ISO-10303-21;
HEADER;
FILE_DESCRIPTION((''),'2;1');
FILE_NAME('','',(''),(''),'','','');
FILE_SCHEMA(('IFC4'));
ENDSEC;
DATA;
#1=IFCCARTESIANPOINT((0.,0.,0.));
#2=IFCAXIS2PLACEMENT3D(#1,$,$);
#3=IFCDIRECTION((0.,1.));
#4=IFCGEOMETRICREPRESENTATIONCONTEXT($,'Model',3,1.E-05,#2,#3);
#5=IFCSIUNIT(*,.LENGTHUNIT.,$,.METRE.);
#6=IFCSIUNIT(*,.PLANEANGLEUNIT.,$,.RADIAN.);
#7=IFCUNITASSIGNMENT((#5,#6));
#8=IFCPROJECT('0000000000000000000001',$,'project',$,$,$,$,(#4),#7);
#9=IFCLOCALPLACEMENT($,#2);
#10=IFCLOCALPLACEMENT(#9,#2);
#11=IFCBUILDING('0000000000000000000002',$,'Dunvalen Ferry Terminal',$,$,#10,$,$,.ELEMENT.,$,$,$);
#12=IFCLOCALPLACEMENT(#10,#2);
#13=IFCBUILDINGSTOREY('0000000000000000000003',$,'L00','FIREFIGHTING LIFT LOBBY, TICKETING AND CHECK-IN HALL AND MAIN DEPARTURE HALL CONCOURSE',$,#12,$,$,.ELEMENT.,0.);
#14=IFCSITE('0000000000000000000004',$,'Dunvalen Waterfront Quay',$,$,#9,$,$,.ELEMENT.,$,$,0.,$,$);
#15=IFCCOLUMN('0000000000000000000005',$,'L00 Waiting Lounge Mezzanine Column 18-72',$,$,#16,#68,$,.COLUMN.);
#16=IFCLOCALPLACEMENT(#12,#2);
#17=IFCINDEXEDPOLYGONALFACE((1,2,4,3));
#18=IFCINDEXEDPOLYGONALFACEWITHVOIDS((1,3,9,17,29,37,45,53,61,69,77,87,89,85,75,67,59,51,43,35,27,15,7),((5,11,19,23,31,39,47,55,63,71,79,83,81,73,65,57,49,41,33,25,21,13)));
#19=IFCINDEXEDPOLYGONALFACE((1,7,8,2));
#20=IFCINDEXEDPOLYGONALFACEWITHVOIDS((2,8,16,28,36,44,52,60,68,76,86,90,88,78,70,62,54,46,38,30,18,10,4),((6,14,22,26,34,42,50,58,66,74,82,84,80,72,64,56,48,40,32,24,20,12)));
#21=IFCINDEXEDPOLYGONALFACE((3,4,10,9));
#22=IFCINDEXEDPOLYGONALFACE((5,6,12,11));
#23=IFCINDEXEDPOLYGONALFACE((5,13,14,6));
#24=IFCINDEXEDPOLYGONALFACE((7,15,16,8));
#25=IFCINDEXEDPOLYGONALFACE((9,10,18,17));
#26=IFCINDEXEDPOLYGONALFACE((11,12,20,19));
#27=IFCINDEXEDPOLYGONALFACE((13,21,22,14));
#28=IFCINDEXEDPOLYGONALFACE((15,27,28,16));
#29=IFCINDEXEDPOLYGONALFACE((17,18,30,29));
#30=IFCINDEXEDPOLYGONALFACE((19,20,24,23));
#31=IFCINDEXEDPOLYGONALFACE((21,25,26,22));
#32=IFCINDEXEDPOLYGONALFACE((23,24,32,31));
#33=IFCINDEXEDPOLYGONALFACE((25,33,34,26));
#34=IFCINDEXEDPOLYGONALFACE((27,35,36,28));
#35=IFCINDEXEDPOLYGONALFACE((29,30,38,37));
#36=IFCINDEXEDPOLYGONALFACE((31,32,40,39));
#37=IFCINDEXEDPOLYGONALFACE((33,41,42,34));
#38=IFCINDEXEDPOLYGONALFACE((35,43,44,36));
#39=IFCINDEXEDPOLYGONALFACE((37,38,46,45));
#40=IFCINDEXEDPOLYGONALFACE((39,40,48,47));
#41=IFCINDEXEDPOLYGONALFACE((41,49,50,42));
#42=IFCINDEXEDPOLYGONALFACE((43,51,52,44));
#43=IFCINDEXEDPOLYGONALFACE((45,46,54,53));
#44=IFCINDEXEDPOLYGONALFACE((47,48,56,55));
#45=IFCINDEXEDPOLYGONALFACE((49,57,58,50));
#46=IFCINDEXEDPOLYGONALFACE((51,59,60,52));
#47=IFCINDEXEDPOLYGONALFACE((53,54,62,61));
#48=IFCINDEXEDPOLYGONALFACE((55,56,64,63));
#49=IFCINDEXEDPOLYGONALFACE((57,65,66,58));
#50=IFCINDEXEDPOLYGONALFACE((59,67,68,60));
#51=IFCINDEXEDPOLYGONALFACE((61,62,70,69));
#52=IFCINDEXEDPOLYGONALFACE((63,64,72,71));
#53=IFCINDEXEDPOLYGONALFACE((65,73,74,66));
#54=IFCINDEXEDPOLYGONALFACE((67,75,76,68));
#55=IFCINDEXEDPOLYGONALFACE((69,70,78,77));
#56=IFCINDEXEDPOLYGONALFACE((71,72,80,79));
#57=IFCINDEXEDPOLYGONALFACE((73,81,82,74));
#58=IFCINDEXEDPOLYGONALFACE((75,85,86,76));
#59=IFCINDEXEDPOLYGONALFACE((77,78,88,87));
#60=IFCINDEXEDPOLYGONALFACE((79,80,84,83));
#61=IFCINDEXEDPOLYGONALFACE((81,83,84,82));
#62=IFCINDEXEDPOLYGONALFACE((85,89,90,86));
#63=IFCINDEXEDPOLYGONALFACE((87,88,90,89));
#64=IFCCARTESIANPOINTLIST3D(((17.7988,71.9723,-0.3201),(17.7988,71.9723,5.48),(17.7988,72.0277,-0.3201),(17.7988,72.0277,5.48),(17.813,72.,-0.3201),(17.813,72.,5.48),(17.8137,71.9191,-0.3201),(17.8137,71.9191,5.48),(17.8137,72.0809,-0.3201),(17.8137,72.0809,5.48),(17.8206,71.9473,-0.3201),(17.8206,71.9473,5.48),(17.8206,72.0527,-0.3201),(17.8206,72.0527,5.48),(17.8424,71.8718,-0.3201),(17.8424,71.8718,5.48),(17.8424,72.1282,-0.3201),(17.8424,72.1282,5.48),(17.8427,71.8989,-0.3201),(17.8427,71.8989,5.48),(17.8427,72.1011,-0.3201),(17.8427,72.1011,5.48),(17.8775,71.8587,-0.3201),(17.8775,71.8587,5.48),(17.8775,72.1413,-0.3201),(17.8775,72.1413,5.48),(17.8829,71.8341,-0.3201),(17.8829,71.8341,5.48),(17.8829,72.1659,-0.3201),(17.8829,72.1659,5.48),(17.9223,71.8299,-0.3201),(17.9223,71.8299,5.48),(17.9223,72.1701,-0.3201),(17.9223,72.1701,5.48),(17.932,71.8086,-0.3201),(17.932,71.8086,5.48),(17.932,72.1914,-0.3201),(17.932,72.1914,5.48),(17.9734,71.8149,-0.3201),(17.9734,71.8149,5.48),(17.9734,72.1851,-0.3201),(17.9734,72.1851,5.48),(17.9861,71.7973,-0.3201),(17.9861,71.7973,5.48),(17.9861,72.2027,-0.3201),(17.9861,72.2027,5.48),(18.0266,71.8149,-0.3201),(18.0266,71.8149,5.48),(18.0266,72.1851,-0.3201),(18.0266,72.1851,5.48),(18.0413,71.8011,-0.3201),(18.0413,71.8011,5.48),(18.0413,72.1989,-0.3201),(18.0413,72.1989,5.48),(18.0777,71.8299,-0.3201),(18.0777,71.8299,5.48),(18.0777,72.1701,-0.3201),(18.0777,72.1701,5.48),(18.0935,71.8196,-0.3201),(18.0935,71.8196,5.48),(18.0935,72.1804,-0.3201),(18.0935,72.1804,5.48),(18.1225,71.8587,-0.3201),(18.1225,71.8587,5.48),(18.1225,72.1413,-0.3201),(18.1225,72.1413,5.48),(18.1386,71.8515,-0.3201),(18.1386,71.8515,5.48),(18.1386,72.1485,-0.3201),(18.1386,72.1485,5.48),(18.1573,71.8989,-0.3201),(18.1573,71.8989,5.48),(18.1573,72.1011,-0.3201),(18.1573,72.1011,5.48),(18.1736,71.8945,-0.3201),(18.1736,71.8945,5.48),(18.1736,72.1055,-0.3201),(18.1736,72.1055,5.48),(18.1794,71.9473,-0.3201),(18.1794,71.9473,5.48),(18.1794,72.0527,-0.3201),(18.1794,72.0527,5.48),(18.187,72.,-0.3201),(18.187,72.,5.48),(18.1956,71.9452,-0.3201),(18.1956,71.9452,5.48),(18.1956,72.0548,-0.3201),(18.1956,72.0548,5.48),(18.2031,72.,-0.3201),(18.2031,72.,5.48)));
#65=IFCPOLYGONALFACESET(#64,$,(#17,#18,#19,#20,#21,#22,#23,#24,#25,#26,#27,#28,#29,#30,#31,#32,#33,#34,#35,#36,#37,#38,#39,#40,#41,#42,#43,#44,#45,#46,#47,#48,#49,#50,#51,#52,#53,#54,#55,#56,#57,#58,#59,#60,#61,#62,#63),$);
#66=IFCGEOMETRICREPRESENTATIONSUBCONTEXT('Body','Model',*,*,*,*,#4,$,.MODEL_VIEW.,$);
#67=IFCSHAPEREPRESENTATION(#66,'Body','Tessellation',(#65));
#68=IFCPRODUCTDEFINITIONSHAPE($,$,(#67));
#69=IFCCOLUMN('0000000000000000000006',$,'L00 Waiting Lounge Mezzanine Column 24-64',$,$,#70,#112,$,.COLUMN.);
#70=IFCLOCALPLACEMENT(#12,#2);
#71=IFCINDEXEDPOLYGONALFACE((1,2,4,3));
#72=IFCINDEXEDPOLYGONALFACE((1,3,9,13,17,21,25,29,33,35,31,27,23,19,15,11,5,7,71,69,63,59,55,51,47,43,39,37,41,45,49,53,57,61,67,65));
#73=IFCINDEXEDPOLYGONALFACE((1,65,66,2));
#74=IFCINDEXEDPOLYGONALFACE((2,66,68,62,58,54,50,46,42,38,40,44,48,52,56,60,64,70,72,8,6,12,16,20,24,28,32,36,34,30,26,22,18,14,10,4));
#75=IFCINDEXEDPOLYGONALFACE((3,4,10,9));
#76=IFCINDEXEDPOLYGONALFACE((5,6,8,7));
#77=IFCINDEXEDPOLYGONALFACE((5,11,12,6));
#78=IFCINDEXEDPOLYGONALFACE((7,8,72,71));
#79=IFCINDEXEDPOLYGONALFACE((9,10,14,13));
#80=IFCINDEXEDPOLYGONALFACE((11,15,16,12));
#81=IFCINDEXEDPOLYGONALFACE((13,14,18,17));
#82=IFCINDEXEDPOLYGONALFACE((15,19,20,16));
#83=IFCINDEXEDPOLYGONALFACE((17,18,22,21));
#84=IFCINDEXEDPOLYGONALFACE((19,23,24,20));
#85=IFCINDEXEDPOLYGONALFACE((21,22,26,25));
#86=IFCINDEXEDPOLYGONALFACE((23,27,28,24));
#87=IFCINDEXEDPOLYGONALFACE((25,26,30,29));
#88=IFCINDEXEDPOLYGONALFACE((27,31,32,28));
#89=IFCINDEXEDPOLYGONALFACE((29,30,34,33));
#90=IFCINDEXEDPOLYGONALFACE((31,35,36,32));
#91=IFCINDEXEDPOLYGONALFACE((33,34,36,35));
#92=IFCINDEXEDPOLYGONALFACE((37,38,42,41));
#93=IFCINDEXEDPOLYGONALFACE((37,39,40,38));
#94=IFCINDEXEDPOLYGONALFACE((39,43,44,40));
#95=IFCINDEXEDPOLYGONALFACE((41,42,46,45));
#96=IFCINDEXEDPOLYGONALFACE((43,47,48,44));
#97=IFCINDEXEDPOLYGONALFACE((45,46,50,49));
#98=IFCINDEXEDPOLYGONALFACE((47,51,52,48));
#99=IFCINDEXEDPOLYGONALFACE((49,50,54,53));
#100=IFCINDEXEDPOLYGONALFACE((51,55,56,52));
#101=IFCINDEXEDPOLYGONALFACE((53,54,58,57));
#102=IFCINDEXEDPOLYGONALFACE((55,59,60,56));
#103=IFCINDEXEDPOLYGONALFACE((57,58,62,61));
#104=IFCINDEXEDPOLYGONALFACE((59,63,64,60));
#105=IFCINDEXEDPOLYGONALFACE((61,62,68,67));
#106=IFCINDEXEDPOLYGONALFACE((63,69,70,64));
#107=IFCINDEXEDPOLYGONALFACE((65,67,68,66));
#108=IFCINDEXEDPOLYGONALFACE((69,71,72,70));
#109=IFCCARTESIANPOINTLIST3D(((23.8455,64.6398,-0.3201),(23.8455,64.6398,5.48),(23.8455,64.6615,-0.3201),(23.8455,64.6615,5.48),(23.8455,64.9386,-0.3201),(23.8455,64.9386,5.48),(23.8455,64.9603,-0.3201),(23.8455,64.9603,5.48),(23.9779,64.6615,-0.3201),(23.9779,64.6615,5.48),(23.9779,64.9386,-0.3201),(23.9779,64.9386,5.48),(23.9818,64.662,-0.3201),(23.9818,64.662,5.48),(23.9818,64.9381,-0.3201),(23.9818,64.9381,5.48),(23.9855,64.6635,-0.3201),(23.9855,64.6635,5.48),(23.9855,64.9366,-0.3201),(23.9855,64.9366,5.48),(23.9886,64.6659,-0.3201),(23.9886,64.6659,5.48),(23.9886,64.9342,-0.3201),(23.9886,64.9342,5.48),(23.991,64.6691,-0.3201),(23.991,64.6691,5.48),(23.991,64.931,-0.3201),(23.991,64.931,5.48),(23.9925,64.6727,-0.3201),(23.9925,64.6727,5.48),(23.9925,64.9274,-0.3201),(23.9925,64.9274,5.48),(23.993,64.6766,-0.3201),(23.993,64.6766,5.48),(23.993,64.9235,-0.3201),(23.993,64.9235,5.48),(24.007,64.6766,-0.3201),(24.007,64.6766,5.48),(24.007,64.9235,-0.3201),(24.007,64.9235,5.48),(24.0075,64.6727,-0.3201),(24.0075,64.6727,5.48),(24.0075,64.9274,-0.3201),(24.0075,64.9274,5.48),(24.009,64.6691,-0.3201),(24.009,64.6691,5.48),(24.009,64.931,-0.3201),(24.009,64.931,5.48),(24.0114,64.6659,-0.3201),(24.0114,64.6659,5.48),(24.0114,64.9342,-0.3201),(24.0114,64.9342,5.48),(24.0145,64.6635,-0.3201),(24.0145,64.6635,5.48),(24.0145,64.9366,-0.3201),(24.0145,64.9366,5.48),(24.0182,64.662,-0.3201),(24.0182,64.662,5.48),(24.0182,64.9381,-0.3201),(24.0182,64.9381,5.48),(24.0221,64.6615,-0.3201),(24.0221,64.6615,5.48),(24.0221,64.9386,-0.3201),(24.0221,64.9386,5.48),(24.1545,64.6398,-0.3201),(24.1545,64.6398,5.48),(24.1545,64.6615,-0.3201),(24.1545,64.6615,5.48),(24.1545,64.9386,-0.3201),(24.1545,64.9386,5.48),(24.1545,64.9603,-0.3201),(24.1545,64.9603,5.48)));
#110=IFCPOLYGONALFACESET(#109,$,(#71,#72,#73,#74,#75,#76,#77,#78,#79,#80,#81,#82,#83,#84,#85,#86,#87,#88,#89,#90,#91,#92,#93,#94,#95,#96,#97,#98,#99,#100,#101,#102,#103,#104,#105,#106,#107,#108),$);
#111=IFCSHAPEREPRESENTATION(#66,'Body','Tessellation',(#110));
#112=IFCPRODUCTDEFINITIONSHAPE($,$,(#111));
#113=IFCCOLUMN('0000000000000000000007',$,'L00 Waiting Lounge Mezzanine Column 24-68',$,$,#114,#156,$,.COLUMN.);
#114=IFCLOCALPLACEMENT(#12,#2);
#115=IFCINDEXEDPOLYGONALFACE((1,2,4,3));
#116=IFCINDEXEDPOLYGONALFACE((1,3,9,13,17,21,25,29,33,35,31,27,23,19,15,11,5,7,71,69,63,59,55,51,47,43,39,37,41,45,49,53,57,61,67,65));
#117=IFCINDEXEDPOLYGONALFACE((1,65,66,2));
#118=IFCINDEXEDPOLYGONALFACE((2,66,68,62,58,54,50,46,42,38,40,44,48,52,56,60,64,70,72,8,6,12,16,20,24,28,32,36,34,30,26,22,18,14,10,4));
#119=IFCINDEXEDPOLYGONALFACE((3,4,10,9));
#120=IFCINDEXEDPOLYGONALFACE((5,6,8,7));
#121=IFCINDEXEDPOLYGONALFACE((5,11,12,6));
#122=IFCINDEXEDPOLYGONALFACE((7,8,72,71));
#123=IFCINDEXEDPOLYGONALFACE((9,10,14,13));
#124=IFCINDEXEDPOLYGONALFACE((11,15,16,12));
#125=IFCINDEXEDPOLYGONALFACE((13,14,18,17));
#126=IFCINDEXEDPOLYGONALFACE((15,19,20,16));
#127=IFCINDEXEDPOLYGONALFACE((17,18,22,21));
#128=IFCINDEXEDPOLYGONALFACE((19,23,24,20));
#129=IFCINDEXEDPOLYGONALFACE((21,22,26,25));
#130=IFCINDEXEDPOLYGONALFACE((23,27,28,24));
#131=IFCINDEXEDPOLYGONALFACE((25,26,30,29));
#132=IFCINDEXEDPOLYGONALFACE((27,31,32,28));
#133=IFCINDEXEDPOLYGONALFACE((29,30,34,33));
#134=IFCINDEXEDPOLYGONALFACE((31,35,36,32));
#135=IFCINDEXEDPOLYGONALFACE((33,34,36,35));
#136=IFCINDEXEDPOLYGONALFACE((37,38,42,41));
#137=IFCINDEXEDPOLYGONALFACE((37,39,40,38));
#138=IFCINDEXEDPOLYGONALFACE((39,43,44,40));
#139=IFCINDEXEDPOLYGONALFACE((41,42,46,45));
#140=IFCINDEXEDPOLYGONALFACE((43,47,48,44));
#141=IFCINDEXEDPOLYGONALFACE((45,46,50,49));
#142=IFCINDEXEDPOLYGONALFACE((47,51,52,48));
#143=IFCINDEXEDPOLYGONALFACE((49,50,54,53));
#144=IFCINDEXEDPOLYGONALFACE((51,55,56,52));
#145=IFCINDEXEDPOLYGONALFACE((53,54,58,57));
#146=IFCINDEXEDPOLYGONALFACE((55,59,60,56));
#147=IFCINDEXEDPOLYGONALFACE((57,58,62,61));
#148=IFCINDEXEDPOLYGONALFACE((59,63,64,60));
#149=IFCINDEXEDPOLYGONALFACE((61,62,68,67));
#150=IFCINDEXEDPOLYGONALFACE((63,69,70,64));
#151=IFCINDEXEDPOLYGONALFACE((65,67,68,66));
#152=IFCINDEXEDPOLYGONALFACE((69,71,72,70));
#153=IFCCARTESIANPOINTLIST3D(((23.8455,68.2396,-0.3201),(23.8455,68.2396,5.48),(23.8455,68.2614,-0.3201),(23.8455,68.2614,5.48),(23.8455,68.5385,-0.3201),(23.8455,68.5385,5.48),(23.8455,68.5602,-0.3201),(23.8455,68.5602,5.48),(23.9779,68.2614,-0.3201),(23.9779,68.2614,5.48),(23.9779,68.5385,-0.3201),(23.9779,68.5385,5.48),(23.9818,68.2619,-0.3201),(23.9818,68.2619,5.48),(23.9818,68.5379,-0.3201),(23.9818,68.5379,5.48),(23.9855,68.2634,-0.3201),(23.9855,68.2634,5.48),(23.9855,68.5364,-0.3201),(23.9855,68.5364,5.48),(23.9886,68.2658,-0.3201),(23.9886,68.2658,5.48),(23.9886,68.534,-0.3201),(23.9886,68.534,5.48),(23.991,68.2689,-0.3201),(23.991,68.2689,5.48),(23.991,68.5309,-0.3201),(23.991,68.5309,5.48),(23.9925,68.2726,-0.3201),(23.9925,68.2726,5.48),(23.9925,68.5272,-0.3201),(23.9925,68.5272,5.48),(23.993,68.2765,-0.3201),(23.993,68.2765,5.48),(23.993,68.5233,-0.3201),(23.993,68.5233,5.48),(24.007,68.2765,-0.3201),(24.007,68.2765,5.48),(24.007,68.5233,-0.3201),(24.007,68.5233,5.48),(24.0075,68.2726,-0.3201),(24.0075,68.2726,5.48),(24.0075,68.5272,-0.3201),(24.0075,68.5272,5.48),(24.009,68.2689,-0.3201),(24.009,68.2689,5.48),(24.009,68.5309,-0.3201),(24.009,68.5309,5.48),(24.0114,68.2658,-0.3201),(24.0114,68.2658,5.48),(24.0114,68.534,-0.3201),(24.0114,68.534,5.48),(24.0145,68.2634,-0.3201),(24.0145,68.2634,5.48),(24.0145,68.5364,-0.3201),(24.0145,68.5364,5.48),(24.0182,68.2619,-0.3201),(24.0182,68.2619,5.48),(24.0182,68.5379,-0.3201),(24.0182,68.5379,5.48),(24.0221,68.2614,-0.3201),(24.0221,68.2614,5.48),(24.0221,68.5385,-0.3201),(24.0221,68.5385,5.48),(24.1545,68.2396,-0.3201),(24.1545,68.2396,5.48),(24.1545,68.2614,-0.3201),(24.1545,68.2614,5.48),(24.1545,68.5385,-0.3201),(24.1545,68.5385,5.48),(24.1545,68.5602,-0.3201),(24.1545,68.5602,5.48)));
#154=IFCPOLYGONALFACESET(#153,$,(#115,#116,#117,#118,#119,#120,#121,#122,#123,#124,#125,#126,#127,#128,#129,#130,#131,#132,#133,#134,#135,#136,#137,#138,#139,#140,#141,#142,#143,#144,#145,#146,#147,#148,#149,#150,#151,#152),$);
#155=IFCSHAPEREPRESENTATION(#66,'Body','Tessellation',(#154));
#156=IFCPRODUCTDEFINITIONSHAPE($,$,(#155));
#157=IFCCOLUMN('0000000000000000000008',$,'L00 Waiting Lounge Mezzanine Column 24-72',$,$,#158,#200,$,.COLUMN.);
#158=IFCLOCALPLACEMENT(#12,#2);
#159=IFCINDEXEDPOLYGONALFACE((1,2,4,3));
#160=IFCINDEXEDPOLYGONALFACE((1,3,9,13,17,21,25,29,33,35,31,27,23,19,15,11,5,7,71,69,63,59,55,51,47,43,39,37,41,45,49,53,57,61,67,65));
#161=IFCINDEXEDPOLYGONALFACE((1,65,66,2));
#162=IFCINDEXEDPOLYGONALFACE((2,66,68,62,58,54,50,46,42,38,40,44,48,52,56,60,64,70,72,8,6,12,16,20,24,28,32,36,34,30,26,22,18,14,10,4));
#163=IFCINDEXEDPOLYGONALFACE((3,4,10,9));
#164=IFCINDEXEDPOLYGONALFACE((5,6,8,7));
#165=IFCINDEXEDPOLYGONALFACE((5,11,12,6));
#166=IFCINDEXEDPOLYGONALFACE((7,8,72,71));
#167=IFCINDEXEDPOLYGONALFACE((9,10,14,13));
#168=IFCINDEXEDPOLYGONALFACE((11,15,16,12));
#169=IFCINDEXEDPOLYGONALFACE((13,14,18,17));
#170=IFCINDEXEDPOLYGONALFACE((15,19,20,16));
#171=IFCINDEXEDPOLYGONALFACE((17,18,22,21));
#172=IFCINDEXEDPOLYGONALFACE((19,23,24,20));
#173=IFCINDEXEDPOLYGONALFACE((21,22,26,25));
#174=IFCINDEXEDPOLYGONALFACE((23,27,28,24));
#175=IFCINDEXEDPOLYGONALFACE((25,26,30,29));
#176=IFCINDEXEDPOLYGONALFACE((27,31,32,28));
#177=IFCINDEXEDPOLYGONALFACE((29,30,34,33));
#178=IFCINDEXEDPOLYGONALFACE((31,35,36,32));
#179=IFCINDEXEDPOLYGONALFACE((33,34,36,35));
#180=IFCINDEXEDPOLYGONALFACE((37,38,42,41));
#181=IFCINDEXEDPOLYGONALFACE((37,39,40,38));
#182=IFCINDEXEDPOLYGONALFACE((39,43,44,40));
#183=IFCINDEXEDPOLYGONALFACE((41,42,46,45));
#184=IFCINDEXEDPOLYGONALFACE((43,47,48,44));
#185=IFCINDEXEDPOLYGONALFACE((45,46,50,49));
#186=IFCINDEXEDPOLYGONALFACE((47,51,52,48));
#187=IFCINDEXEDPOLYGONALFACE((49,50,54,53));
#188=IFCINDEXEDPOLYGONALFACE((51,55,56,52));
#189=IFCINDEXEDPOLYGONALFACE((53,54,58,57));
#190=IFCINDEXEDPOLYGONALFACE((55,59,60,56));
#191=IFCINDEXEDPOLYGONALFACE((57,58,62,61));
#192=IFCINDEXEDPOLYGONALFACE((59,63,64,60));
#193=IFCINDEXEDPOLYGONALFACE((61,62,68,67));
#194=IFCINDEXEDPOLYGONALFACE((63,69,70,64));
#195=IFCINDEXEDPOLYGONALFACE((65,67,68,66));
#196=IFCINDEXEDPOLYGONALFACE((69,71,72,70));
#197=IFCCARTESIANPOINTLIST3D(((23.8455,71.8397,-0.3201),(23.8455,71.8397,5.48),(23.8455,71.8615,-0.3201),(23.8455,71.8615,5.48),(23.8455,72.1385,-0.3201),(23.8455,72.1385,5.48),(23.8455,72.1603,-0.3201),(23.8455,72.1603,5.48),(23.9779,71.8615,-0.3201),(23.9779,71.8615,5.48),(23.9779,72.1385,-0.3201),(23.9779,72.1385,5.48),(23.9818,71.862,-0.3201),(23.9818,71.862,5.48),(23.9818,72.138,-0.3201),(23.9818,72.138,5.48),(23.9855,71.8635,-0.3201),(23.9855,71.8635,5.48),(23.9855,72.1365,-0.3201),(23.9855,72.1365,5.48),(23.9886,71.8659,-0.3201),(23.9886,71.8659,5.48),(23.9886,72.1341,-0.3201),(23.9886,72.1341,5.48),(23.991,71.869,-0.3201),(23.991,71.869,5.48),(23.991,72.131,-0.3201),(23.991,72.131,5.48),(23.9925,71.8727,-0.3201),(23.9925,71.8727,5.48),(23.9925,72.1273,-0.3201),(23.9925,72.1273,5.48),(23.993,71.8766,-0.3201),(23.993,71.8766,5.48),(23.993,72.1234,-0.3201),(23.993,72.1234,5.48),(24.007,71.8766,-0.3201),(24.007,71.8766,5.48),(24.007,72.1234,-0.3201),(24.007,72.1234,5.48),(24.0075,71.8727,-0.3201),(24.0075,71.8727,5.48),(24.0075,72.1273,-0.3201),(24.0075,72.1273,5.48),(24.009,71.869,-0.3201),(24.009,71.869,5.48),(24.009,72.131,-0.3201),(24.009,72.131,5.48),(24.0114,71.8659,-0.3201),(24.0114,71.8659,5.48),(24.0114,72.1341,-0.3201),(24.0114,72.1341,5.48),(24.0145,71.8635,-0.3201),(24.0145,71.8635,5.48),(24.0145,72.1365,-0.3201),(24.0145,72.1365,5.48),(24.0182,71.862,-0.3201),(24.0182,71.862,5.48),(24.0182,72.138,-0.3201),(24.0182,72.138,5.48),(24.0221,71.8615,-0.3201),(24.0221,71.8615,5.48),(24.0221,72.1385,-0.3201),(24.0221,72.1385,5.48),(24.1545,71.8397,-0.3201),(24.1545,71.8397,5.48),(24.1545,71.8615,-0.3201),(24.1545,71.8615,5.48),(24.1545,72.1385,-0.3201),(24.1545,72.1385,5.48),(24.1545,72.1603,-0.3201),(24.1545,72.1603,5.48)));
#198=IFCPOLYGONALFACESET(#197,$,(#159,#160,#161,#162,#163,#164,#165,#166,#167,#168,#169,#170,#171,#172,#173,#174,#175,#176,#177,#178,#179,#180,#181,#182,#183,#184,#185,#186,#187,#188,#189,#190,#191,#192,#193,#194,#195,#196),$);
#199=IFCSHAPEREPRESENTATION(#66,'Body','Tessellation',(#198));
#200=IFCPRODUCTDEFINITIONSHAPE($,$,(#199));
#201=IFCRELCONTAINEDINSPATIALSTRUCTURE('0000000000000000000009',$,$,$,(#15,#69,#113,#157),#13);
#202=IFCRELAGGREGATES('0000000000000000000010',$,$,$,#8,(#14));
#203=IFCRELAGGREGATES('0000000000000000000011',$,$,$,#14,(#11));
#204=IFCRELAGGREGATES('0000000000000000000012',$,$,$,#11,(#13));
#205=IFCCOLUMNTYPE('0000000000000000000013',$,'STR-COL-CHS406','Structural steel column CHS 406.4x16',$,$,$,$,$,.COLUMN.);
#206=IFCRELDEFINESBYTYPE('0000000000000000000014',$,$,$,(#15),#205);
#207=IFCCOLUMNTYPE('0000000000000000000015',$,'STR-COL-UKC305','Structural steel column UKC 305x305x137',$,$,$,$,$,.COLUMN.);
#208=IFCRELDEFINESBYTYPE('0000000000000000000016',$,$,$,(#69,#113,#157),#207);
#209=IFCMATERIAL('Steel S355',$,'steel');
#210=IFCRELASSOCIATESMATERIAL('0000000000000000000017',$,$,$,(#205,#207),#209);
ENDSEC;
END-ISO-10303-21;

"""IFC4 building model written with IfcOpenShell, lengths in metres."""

from ifc_helpers import new_model, si_unit, direction, frame, origin, origin_2d, place, context, subcontext, project, spatial, hollow_circle, i_section, extrude, material, material_profile, profile_set, type_object, element, save


model = new_model("IFC4")

# Units and contexts
model_context = context("Model", 3, precision=1e-05, world=origin(), true_north=direction((0.0, 1.0)))
body_context = subcontext(model_context, "Body", "Model", "MODEL_VIEW")
ifc_project = project(units=[si_unit("LENGTHUNIT", "METRE"), si_unit("PLANEANGLEUNIT", "RADIAN")], contexts=[model_context])

# Site, building, storey
site_placement = place(None, origin())
site = spatial("IfcSite", under=ifc_project, at=site_placement, Name="Dunvalen Waterfront Quay", CompositionType="ELEMENT", RefElevation=0.0)
building_placement = place(site_placement, origin())
building = spatial("IfcBuilding", under=site, at=building_placement, Name="Dunvalen Ferry Terminal", CompositionType="ELEMENT")
storey_placement = place(building_placement, origin())
storey = spatial("IfcBuildingStorey", under=building, at=storey_placement, Name="L00", Description="FIREFIGHTING LIFT LOBBY, TICKETING AND CHECK-IN HALL AND MAIN DEPARTURE HALL CONCOURSE", CompositionType="ELEMENT", Elevation=0.0)

# Columns
ifc_material_1 = material(Name="Steel S355", Category="steel")
ifc_material_profile_1 = material_profile(ifc_material_1, hollow_circle(Radius=0.2031, WallThickness=0.0161, at=origin_2d()), Name="Steel S355")
ifc_profile_set_1 = profile_set([ifc_material_profile_1], Name="Steel S355")
column_type_1 = type_object("IfcColumnType", Name="STR-COL-CHS406", Description="Structural steel column CHS 406.4x16", PredefinedType="COLUMN", material=ifc_profile_set_1)
column_placement = place(storey_placement, frame((18.0, 72.0, -0.3201), z_axis=(0.0, 0.0, 1.0), x_axis=(1.0, 0.0, 0.0)))
element("IfcColumn", 1, at=column_placement, inside=storey, type_object=column_type_1, Name="L00 Waiting Lounge Mezzanine Column 18-72", PredefinedType="COLUMN", context=body_context, shape_type="SweptSolid", body=[
    extrude(hollow_circle(Radius=0.2031, WallThickness=0.0161, at=origin_2d()), origin(), (0.0, 0.0, 1.0), 5.8),
])
ifc_material_profile_2 = material_profile(ifc_material_1, i_section(OverallWidth=0.3091, OverallDepth=0.3206, WebThickness=0.0139, FlangeThickness=0.0217, FilletRadius=0.0151, at=origin_2d()), Name="Steel S355")
ifc_profile_set_2 = profile_set([ifc_material_profile_2], Name="Steel S355")
column_type_2 = type_object("IfcColumnType", Name="STR-COL-UKC305", Description="Structural steel column UKC 305x305x137", PredefinedType="COLUMN", material=ifc_profile_set_2)
for number, where, z_axis, x_axis, name in (
    (2, (24.0, 64.8, -0.3201), (0.0, 0.0, 1.0), (1.0, 0.0, 0.0), "L00 Waiting Lounge Mezzanine Column 24-64"),
    (3, (24.0, 68.3999, -0.3201), (0.0, 0.0, 1.0), (1.0, 0.0, 0.0), "L00 Waiting Lounge Mezzanine Column 24-68"),
    (4, (24.0, 72.0, -0.3201), (0.0, 0.0, 1.0), (1.0, 0.0, 0.0), "L00 Waiting Lounge Mezzanine Column 24-72"),
):
    element("IfcColumn", number, at=place(storey_placement, frame(where, z_axis=z_axis, x_axis=x_axis)), inside=storey, type_object=column_type_2, Name=name, PredefinedType="COLUMN", context=body_context, shape_type="SweptSolid", body=[
        extrude(i_section(OverallWidth=0.3091, OverallDepth=0.3206, WebThickness=0.0139, FlangeThickness=0.0217, FilletRadius=0.0151, at=origin_2d()), origin(), (0.0, 0.0, 1.0), 5.8),
    ])

save(model, "model.ifc")
